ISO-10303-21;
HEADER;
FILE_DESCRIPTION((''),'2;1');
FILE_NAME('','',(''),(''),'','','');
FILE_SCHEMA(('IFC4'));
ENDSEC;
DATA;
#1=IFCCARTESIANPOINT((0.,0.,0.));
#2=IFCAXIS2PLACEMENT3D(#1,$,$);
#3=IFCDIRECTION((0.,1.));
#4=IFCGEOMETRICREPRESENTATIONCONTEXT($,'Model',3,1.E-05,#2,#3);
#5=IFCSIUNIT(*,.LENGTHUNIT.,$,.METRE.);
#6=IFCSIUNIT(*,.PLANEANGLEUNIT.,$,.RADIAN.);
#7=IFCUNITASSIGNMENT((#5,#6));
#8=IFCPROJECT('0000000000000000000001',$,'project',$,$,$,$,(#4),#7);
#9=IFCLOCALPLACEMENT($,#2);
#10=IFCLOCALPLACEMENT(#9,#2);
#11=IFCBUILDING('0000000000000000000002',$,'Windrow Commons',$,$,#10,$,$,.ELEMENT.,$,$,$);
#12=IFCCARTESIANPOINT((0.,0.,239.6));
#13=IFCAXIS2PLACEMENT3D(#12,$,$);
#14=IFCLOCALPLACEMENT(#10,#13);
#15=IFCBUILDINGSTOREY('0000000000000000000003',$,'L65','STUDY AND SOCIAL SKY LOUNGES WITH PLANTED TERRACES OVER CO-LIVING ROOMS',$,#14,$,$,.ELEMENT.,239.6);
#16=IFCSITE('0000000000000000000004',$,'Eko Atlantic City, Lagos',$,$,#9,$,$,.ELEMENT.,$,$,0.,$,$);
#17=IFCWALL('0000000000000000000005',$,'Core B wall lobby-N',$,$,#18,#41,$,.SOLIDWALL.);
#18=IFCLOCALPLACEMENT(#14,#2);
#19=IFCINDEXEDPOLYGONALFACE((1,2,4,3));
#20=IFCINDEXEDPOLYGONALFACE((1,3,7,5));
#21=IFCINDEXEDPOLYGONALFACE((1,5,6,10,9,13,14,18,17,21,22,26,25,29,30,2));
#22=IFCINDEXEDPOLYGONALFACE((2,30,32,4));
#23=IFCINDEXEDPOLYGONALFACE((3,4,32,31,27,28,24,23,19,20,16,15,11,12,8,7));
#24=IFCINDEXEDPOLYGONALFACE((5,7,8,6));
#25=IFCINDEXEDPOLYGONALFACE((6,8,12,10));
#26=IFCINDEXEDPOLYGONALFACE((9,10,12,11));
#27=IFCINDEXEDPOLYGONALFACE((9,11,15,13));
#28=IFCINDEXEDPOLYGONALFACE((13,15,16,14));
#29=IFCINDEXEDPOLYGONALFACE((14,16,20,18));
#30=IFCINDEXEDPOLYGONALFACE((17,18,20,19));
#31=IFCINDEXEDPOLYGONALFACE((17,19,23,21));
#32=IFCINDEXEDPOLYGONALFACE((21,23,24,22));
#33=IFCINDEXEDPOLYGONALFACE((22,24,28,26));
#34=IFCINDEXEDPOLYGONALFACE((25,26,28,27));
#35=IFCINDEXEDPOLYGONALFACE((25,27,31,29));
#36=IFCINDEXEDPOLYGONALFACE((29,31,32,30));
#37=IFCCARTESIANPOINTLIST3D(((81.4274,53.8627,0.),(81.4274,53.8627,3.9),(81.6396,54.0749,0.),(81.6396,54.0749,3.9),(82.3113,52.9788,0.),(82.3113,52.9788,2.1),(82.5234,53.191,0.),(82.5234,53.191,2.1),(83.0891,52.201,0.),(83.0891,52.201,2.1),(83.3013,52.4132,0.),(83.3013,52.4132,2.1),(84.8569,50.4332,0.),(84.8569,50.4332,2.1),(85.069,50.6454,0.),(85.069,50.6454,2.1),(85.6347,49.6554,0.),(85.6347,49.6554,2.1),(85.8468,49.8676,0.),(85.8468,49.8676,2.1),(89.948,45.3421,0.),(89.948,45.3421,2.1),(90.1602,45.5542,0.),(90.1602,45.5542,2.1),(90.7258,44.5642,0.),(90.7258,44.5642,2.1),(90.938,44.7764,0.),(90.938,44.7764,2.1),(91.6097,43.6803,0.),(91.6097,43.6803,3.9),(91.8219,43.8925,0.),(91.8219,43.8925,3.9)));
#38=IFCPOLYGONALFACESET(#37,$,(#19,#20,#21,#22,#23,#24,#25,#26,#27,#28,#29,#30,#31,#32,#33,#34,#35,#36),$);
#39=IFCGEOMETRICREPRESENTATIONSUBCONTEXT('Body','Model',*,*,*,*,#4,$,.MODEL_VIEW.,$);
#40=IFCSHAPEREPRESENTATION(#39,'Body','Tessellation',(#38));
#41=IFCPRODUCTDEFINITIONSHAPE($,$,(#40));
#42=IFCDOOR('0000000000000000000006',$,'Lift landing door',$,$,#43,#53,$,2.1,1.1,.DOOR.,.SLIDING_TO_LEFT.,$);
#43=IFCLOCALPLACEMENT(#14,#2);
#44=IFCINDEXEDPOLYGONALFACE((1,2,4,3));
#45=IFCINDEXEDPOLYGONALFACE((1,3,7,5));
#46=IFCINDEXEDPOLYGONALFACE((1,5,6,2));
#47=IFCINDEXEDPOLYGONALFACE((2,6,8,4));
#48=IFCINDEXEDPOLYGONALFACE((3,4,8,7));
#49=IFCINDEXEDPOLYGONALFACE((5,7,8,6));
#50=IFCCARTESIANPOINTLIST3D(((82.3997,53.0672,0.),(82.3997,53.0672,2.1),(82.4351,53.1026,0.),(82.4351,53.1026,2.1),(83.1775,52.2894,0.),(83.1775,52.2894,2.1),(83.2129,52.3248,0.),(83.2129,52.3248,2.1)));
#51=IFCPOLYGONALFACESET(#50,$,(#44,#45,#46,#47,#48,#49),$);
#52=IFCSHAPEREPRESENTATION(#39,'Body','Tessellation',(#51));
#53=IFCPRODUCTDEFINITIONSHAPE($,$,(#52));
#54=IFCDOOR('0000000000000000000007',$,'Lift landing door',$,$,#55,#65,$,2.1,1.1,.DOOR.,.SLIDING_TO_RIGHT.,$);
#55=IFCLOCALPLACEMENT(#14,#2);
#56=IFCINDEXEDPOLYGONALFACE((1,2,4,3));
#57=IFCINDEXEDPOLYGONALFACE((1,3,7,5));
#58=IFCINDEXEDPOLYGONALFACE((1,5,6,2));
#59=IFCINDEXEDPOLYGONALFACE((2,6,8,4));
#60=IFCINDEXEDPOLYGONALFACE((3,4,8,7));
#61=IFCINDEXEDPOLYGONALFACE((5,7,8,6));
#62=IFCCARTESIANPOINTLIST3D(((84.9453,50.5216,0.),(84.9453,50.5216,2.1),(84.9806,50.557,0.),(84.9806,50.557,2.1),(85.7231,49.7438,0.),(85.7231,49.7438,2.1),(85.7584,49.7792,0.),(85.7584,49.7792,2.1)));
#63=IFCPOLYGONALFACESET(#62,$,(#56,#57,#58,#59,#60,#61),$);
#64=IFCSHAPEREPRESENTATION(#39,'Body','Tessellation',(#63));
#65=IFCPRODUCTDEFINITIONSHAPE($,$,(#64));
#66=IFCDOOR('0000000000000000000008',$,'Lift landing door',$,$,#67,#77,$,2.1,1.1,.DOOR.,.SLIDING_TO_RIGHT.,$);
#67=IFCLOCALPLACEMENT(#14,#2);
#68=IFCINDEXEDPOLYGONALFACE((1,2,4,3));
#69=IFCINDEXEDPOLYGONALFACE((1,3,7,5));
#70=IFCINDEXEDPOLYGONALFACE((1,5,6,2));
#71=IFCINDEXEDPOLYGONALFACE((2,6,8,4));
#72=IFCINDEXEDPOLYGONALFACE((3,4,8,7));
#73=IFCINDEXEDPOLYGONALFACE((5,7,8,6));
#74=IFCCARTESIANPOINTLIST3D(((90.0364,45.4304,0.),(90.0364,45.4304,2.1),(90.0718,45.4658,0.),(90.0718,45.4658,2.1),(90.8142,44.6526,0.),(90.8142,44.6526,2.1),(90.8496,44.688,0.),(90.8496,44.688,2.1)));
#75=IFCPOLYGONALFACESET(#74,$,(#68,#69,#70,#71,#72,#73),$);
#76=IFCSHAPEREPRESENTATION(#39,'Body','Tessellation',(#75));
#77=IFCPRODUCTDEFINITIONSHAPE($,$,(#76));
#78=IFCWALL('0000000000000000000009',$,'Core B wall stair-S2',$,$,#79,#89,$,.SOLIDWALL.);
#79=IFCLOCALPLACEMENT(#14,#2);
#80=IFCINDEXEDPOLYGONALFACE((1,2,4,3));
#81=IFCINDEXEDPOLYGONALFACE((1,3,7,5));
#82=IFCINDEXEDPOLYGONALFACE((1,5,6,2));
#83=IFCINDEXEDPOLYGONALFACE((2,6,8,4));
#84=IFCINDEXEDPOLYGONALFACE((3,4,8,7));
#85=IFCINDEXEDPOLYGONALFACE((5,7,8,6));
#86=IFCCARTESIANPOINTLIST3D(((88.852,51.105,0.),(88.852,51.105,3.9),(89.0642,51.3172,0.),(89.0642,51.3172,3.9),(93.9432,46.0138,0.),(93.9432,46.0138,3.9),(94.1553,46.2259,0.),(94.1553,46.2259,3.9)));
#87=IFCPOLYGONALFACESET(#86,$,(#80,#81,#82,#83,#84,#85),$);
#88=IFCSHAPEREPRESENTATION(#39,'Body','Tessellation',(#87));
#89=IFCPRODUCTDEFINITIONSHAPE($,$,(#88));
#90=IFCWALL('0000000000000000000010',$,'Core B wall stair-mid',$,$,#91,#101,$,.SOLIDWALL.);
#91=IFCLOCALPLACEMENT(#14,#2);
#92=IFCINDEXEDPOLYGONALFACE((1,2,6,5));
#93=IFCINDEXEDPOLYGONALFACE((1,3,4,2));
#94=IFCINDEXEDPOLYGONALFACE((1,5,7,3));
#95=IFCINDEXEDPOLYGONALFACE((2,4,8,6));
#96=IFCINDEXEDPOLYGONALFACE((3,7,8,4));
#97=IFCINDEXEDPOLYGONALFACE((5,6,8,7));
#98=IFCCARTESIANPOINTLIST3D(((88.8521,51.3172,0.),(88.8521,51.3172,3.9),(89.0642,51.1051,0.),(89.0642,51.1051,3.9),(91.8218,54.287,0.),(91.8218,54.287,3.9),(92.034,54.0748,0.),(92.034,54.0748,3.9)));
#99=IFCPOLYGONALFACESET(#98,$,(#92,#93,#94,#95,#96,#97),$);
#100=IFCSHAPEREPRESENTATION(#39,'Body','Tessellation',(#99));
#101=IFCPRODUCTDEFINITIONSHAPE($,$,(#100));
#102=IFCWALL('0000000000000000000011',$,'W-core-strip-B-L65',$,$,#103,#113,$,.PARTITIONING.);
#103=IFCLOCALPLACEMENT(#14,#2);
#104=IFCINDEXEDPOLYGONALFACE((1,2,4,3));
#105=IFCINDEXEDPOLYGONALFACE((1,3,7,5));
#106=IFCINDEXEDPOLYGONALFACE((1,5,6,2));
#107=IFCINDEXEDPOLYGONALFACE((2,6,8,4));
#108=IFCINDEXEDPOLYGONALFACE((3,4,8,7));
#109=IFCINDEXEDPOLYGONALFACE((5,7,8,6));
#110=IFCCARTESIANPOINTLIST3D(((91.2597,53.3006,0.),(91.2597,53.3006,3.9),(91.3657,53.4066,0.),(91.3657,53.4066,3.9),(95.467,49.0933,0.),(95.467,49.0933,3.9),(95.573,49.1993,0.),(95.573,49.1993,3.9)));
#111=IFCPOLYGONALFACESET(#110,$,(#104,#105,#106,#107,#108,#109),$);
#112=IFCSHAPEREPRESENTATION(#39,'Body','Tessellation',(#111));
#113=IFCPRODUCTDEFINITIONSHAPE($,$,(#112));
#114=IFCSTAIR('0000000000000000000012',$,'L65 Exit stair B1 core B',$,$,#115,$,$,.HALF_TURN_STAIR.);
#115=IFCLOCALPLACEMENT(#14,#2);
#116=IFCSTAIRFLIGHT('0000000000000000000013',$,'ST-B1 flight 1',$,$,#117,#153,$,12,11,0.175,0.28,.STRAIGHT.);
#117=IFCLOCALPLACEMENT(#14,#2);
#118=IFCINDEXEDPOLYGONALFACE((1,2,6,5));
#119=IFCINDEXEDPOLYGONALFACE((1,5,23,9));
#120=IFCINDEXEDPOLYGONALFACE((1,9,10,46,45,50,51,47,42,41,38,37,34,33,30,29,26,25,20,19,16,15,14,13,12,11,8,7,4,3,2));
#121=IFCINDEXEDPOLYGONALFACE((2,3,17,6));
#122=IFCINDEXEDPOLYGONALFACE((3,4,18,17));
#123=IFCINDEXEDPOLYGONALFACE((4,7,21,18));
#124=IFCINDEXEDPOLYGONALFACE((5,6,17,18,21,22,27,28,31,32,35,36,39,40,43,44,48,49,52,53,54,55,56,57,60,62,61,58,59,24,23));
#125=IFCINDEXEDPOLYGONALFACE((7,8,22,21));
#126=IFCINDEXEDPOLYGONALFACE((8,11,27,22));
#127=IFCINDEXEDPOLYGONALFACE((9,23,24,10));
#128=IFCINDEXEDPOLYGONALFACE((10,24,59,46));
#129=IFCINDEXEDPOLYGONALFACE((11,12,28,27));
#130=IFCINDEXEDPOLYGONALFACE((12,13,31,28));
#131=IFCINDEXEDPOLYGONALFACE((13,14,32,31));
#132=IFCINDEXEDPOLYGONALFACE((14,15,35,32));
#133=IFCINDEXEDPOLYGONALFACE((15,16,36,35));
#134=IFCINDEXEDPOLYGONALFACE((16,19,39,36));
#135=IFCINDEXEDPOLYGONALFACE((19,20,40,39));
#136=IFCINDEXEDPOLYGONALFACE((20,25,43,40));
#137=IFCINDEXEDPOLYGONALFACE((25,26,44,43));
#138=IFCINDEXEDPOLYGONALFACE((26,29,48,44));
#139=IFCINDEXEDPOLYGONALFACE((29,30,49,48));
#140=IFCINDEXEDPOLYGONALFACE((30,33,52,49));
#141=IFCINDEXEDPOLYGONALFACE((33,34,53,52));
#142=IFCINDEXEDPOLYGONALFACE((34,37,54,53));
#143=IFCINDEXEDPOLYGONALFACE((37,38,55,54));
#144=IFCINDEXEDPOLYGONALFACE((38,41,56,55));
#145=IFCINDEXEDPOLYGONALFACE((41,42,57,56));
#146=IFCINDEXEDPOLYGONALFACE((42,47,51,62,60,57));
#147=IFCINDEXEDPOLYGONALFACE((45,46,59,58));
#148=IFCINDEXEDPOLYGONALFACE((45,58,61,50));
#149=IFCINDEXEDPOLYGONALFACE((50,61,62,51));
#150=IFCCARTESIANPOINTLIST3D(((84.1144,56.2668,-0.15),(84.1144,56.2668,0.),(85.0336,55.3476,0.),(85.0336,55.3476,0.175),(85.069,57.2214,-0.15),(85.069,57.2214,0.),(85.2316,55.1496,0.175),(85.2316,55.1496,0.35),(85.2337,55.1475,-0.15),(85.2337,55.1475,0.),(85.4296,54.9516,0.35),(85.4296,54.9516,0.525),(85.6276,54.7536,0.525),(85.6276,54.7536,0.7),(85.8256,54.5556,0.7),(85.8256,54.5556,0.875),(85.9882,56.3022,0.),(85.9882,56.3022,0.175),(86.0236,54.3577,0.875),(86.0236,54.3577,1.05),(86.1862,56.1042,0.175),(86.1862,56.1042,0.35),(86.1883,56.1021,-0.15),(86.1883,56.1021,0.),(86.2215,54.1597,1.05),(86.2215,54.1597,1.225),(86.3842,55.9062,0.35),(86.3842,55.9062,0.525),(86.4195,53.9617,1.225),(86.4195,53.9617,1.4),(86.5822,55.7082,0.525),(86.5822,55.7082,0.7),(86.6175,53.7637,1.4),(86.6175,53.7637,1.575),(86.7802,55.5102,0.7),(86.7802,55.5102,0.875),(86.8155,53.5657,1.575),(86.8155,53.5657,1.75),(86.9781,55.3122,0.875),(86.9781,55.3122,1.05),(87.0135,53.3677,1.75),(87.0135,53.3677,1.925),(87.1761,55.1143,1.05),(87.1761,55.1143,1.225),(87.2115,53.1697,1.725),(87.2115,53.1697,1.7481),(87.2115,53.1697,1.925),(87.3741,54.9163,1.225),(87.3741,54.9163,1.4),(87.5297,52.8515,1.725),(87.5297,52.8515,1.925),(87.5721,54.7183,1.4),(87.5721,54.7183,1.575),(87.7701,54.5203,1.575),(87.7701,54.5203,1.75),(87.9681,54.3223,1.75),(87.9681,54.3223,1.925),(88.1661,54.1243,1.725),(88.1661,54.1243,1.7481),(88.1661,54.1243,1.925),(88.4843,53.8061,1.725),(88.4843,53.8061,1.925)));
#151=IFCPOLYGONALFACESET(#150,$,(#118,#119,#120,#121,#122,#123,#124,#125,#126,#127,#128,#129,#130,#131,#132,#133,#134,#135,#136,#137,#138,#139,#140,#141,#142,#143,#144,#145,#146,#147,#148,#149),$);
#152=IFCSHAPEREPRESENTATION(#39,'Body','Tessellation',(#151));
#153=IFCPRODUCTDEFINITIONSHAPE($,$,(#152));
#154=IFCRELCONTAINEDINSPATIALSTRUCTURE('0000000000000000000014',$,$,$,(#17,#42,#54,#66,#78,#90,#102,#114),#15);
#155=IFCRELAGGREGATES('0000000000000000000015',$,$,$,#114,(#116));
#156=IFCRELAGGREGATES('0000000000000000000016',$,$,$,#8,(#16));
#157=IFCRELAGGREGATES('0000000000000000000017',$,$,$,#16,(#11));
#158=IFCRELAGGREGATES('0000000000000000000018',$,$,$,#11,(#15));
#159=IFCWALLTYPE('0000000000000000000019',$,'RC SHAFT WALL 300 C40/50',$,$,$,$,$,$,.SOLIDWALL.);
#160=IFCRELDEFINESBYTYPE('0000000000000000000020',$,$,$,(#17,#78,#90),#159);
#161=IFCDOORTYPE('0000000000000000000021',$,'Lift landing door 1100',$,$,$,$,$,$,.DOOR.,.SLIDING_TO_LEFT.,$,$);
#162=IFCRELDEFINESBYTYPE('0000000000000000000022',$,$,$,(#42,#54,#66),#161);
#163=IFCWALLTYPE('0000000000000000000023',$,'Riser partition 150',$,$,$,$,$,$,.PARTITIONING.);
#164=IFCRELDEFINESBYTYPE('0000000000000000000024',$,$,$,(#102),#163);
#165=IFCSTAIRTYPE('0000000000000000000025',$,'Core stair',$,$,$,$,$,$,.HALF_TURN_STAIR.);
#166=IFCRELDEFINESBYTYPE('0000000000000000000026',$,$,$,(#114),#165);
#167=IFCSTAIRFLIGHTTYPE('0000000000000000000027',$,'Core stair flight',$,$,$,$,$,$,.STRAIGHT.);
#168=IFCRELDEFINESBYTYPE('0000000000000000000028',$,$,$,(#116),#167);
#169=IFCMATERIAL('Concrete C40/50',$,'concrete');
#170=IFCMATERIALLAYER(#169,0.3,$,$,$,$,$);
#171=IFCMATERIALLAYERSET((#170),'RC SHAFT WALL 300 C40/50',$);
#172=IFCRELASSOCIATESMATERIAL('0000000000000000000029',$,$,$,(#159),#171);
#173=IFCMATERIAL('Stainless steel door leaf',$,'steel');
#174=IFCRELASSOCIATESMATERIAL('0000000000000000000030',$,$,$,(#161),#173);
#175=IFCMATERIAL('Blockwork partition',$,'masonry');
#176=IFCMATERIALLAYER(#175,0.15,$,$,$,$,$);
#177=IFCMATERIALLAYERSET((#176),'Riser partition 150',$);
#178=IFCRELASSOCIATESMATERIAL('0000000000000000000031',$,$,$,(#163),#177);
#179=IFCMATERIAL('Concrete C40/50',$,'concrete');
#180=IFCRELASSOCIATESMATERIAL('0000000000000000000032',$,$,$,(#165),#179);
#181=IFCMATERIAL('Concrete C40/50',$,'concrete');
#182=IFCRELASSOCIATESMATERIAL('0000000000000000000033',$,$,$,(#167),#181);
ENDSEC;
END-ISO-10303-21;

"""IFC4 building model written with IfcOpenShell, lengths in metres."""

from ifc_helpers import new_model, si_unit, direction, frame, frame_2d, origin, place, context, subcontext, project, spatial, polyline, rectangle, outline, extrude, material, layer, layer_set, type_object, element, fill, aggregate, save


model = new_model("IFC4")

# Units and contexts
model_context = context("Model", 3, precision=1e-05, world=origin(), true_north=direction((0.0, 1.0)))
body_context = subcontext(model_context, "Body", "Model", "MODEL_VIEW")
ifc_project = project(units=[si_unit("LENGTHUNIT", "METRE"), si_unit("PLANEANGLEUNIT", "RADIAN")], contexts=[model_context])

# Site, building, storey
site_placement = place(None, origin())
site = spatial("IfcSite", under=ifc_project, at=site_placement, Name="Eko Atlantic City, Lagos", CompositionType="ELEMENT", RefElevation=0.0)
building_placement = place(site_placement, origin())
building = spatial("IfcBuilding", under=site, at=building_placement, Name="Windrow Commons", CompositionType="ELEMENT")
storey_placement = place(building_placement, frame((0.0, 0.0, 239.6)))
storey = spatial("IfcBuildingStorey", under=building, at=storey_placement, Name="L65", Description="STUDY AND SOCIAL SKY LOUNGES WITH PLANTED TERRACES OVER CO-LIVING ROOMS", CompositionType="ELEMENT", Elevation=239.6)

# Shared definitions
placement = place(storey_placement, origin())

# Shared definitions
ifc_material_1 = material(Name="Concrete C40/50", Category="concrete")
ifc_layer_1 = layer(ifc_material_1, 0.3)
ifc_layer_set_1 = layer_set([ifc_layer_1], Name="RC SHAFT WALL 300 C40/50")
wall_type_1 = type_object("IfcWallType", Name="RC SHAFT WALL 300 C40/50", PredefinedType="SOLIDWALL", material=ifc_layer_set_1)

# Wall, openings, doors
wall_1_placement = place(storey_placement, frame((81.5335, 53.9688, 0.0), z_axis=(0.0, 0.0, 1.0), x_axis=(0.707103, -0.70711, 0.0)))
wall_1 = element("IfcWall", 1, at=wall_1_placement, inside=storey, type_object=wall_type_1, Name="Core B wall lobby-N", PredefinedType="SOLIDWALL", context=body_context, shape_type="SweptSolid", body=[
    extrude(rectangle(XDim=14.4, YDim=0.3, at=frame_2d((7.2, 0.0))), origin(), (0.0, 0.0, 1.0), 3.9),
])
opening_1_placement = place(wall_1_placement, frame((1.25, 0.0, 0.0)))
opening_1 = element("IfcOpeningElement", 2, at=opening_1_placement, cuts=wall_1, PredefinedType="OPENING", context=body_context, shape_type="SweptSolid", body=[
    extrude(rectangle(XDim=1.1, YDim=2.1, at=frame_2d((0.55, 1.05))), frame((0.0, 0.16, 0.0), z_axis=(0.0, -1.0, 0.0), x_axis=(1.0, 0.0, 0.0)), (0.0, 0.0, 1.0), 0.32),
])
opening_2_placement = place(wall_1_placement, frame((4.85, 0.0, 0.0)))
opening_2 = element("IfcOpeningElement", 3, at=opening_2_placement, cuts=wall_1, PredefinedType="OPENING", context=body_context, shape_type="SweptSolid", body=[
    extrude(rectangle(XDim=1.1, YDim=2.1, at=frame_2d((0.55, 1.05))), frame((0.0, 0.16, 0.0), z_axis=(0.0, -1.0, 0.0), x_axis=(1.0, 0.0, 0.0)), (0.0, 0.0, 1.0), 0.32),
])
opening_3_placement = place(wall_1_placement, frame((12.05, 0.0, 0.0)))
opening_3 = element("IfcOpeningElement", 4, at=opening_3_placement, cuts=wall_1, PredefinedType="OPENING", context=body_context, shape_type="SweptSolid", body=[
    extrude(rectangle(XDim=1.1, YDim=2.1, at=frame_2d((0.55, 1.05))), frame((0.0, 0.16, 0.0), z_axis=(0.0, -1.0, 0.0), x_axis=(1.0, 0.0, 0.0)), (0.0, 0.0, 1.0), 0.32),
])
ifc_material_2 = material(Name="Stainless steel door leaf", Category="steel")
door_type = type_object("IfcDoorType", Name="Lift landing door 1100", OperationType="SLIDING_TO_LEFT", PredefinedType="DOOR", material=ifc_material_2)
door_1_placement = place(opening_1_placement, origin())
door_1 = element("IfcDoor", 5, at=door_1_placement, inside=storey, type_object=door_type, Name="Lift landing door", OperationType="SLIDING_TO_LEFT", OverallHeight=2.1, OverallWidth=1.1, PredefinedType="DOOR", context=body_context, shape_type="SweptSolid", body=[
    extrude(rectangle(XDim=1.1, YDim=2.1, at=frame_2d((0.55, 1.05))), frame((0.0, 0.025, 0.0), z_axis=(0.0, -1.0, 0.0), x_axis=(1.0, 0.0, 0.0)), (0.0, 0.0, 1.0), 0.05),
])
fill(opening_1, door_1)
door_2_placement = place(opening_2_placement, origin())
door_2 = element("IfcDoor", 6, at=door_2_placement, inside=storey, type_object=door_type, Name="Lift landing door", OperationType="SLIDING_TO_RIGHT", OverallHeight=2.1, OverallWidth=1.1, PredefinedType="DOOR", context=body_context, shape_type="SweptSolid", body=[
    extrude(rectangle(XDim=1.1, YDim=2.1, at=frame_2d((0.55, 1.05))), frame((0.0, 0.025, 0.0), z_axis=(0.0, -1.0, 0.0), x_axis=(1.0, 0.0, 0.0)), (0.0, 0.0, 1.0), 0.05),
])
fill(opening_2, door_2)
door_3_placement = place(opening_3_placement, origin())
door_3 = element("IfcDoor", 7, at=door_3_placement, inside=storey, type_object=door_type, Name="Lift landing door", OperationType="SLIDING_TO_RIGHT", OverallHeight=2.1, OverallWidth=1.1, PredefinedType="DOOR", context=body_context, shape_type="SweptSolid", body=[
    extrude(rectangle(XDim=1.1, YDim=2.1, at=frame_2d((0.55, 1.05))), frame((0.0, 0.025, 0.0), z_axis=(0.0, -1.0, 0.0), x_axis=(1.0, 0.0, 0.0)), (0.0, 0.0, 1.0), 0.05),
])
fill(opening_3, door_3)

# Walls
wall_2_placement = place(storey_placement, frame((88.9581, 51.2111, 0.0), z_axis=(0.0, 0.0, 1.0), x_axis=(0.7071, -0.707114, 0.0)))
element("IfcWall", 8, at=wall_2_placement, inside=storey, type_object=wall_type_1, Name="Core B wall stair-S2", PredefinedType="SOLIDWALL", context=body_context, shape_type="SweptSolid", body=[
    extrude(rectangle(XDim=7.2, YDim=0.3, at=frame_2d((3.6, 0.0))), origin(), (0.0, 0.0, 1.0), 3.9),
])
wall_3_placement = place(storey_placement, frame((88.9581, 51.2111, 0.0), z_axis=(0.0, 0.0, 1.0), x_axis=(0.707107, 0.707107, 0.0)))
element("IfcWall", 9, at=wall_3_placement, inside=storey, type_object=wall_type_1, Name="Core B wall stair-mid", PredefinedType="SOLIDWALL", context=body_context, shape_type="SweptSolid", body=[
    extrude(rectangle(XDim=4.1999, YDim=0.3, at=frame_2d((2.1, 0.0))), origin(), (0.0, 0.0, 1.0), 3.9),
])
ifc_material_3 = material(Name="Blockwork partition", Category="masonry")
ifc_layer_2 = layer(ifc_material_3, 0.15)
ifc_layer_set_2 = layer_set([ifc_layer_2], Name="Riser partition 150")
wall_type_2 = type_object("IfcWallType", Name="Riser partition 150", PredefinedType="PARTITIONING", material=ifc_layer_set_2)
wall_4_placement = place(storey_placement, frame((91.3127, 53.3536, 0.0), z_axis=(0.0, 0.0, 1.0), x_axis=(0.707107, -0.707107, 0.0)))
element("IfcWall", 10, at=wall_4_placement, inside=storey, type_object=wall_type_2, Name="W-core-strip-B-L65", PredefinedType="PARTITIONING", context=body_context, shape_type="SweptSolid", body=[
    extrude(rectangle(XDim=5.95, YDim=0.15, at=frame_2d((2.975, 0.0))), origin(), (0.0, 0.0, 1.0), 3.9),
])

# Stair, stair flight
ifc_material_4 = material(Name="Concrete C40/50", Category="concrete")
stair_type = type_object("IfcStairType", Name="Core stair", PredefinedType="HALF_TURN_STAIR", material=ifc_material_4)
stair = element("IfcStair", 11, at=placement, inside=storey, type_object=stair_type, Name="L65 Exit stair B1 core B", PredefinedType="HALF_TURN_STAIR")
ifc_material_5 = material(Name="Concrete C40/50", Category="concrete")
stair_flight_type = type_object("IfcStairFlightType", Name="Core stair flight", PredefinedType="STRAIGHT", material=ifc_material_5)
stair_flight_1_placement = place(storey_placement, frame((85.5109, 55.8249, 0.0), z_axis=(0.0, 0.0, 1.0), x_axis=(0.707107, -0.707107, 0.0)))
stair_flight_1 = element("IfcStairFlight", 12, at=stair_flight_1_placement, type_object=stair_flight_type, Name="ST-B1 flight 1", NumberOfRisers=12, NumberOfTreads=11, PredefinedType="STRAIGHT", RiserHeight=0.175, TreadLength=0.28, context=body_context, shape_type="SweptSolid", body=[
    extrude(outline(polyline([(-1.3, -0.15), (-1.3, 0.0), (0.0, 0.0), (0.0, 0.175), (0.28, 0.175), (0.28, 0.35), (0.56, 0.35), (0.56, 0.525), (0.84, 0.525), (0.84, 0.7), (1.12, 0.7), (1.12, 0.875), (1.4, 0.875), (1.4, 1.05), (1.68, 1.05), (1.68, 1.225), (1.96, 1.225), (1.96, 1.4), (2.24, 1.4), (2.24, 1.575), (2.52, 1.575), (2.52, 1.75), (2.8, 1.75), (2.8, 1.925), (3.08, 1.925), (3.53, 1.925), (3.53, 1.725), (3.08, 1.725), (3.08, 1.7481), (0.283, 0.0), (0.283, -0.15), (-1.3, -0.15)])), frame((0.0, 0.675, 0.0), z_axis=(0.0, -1.0, 0.0), x_axis=(1.0, 0.0, 0.0)), (0.0, 0.0, 1.0), 1.35),
])
aggregate(stair, [stair_flight_1])

save(model, "model.ifc")
